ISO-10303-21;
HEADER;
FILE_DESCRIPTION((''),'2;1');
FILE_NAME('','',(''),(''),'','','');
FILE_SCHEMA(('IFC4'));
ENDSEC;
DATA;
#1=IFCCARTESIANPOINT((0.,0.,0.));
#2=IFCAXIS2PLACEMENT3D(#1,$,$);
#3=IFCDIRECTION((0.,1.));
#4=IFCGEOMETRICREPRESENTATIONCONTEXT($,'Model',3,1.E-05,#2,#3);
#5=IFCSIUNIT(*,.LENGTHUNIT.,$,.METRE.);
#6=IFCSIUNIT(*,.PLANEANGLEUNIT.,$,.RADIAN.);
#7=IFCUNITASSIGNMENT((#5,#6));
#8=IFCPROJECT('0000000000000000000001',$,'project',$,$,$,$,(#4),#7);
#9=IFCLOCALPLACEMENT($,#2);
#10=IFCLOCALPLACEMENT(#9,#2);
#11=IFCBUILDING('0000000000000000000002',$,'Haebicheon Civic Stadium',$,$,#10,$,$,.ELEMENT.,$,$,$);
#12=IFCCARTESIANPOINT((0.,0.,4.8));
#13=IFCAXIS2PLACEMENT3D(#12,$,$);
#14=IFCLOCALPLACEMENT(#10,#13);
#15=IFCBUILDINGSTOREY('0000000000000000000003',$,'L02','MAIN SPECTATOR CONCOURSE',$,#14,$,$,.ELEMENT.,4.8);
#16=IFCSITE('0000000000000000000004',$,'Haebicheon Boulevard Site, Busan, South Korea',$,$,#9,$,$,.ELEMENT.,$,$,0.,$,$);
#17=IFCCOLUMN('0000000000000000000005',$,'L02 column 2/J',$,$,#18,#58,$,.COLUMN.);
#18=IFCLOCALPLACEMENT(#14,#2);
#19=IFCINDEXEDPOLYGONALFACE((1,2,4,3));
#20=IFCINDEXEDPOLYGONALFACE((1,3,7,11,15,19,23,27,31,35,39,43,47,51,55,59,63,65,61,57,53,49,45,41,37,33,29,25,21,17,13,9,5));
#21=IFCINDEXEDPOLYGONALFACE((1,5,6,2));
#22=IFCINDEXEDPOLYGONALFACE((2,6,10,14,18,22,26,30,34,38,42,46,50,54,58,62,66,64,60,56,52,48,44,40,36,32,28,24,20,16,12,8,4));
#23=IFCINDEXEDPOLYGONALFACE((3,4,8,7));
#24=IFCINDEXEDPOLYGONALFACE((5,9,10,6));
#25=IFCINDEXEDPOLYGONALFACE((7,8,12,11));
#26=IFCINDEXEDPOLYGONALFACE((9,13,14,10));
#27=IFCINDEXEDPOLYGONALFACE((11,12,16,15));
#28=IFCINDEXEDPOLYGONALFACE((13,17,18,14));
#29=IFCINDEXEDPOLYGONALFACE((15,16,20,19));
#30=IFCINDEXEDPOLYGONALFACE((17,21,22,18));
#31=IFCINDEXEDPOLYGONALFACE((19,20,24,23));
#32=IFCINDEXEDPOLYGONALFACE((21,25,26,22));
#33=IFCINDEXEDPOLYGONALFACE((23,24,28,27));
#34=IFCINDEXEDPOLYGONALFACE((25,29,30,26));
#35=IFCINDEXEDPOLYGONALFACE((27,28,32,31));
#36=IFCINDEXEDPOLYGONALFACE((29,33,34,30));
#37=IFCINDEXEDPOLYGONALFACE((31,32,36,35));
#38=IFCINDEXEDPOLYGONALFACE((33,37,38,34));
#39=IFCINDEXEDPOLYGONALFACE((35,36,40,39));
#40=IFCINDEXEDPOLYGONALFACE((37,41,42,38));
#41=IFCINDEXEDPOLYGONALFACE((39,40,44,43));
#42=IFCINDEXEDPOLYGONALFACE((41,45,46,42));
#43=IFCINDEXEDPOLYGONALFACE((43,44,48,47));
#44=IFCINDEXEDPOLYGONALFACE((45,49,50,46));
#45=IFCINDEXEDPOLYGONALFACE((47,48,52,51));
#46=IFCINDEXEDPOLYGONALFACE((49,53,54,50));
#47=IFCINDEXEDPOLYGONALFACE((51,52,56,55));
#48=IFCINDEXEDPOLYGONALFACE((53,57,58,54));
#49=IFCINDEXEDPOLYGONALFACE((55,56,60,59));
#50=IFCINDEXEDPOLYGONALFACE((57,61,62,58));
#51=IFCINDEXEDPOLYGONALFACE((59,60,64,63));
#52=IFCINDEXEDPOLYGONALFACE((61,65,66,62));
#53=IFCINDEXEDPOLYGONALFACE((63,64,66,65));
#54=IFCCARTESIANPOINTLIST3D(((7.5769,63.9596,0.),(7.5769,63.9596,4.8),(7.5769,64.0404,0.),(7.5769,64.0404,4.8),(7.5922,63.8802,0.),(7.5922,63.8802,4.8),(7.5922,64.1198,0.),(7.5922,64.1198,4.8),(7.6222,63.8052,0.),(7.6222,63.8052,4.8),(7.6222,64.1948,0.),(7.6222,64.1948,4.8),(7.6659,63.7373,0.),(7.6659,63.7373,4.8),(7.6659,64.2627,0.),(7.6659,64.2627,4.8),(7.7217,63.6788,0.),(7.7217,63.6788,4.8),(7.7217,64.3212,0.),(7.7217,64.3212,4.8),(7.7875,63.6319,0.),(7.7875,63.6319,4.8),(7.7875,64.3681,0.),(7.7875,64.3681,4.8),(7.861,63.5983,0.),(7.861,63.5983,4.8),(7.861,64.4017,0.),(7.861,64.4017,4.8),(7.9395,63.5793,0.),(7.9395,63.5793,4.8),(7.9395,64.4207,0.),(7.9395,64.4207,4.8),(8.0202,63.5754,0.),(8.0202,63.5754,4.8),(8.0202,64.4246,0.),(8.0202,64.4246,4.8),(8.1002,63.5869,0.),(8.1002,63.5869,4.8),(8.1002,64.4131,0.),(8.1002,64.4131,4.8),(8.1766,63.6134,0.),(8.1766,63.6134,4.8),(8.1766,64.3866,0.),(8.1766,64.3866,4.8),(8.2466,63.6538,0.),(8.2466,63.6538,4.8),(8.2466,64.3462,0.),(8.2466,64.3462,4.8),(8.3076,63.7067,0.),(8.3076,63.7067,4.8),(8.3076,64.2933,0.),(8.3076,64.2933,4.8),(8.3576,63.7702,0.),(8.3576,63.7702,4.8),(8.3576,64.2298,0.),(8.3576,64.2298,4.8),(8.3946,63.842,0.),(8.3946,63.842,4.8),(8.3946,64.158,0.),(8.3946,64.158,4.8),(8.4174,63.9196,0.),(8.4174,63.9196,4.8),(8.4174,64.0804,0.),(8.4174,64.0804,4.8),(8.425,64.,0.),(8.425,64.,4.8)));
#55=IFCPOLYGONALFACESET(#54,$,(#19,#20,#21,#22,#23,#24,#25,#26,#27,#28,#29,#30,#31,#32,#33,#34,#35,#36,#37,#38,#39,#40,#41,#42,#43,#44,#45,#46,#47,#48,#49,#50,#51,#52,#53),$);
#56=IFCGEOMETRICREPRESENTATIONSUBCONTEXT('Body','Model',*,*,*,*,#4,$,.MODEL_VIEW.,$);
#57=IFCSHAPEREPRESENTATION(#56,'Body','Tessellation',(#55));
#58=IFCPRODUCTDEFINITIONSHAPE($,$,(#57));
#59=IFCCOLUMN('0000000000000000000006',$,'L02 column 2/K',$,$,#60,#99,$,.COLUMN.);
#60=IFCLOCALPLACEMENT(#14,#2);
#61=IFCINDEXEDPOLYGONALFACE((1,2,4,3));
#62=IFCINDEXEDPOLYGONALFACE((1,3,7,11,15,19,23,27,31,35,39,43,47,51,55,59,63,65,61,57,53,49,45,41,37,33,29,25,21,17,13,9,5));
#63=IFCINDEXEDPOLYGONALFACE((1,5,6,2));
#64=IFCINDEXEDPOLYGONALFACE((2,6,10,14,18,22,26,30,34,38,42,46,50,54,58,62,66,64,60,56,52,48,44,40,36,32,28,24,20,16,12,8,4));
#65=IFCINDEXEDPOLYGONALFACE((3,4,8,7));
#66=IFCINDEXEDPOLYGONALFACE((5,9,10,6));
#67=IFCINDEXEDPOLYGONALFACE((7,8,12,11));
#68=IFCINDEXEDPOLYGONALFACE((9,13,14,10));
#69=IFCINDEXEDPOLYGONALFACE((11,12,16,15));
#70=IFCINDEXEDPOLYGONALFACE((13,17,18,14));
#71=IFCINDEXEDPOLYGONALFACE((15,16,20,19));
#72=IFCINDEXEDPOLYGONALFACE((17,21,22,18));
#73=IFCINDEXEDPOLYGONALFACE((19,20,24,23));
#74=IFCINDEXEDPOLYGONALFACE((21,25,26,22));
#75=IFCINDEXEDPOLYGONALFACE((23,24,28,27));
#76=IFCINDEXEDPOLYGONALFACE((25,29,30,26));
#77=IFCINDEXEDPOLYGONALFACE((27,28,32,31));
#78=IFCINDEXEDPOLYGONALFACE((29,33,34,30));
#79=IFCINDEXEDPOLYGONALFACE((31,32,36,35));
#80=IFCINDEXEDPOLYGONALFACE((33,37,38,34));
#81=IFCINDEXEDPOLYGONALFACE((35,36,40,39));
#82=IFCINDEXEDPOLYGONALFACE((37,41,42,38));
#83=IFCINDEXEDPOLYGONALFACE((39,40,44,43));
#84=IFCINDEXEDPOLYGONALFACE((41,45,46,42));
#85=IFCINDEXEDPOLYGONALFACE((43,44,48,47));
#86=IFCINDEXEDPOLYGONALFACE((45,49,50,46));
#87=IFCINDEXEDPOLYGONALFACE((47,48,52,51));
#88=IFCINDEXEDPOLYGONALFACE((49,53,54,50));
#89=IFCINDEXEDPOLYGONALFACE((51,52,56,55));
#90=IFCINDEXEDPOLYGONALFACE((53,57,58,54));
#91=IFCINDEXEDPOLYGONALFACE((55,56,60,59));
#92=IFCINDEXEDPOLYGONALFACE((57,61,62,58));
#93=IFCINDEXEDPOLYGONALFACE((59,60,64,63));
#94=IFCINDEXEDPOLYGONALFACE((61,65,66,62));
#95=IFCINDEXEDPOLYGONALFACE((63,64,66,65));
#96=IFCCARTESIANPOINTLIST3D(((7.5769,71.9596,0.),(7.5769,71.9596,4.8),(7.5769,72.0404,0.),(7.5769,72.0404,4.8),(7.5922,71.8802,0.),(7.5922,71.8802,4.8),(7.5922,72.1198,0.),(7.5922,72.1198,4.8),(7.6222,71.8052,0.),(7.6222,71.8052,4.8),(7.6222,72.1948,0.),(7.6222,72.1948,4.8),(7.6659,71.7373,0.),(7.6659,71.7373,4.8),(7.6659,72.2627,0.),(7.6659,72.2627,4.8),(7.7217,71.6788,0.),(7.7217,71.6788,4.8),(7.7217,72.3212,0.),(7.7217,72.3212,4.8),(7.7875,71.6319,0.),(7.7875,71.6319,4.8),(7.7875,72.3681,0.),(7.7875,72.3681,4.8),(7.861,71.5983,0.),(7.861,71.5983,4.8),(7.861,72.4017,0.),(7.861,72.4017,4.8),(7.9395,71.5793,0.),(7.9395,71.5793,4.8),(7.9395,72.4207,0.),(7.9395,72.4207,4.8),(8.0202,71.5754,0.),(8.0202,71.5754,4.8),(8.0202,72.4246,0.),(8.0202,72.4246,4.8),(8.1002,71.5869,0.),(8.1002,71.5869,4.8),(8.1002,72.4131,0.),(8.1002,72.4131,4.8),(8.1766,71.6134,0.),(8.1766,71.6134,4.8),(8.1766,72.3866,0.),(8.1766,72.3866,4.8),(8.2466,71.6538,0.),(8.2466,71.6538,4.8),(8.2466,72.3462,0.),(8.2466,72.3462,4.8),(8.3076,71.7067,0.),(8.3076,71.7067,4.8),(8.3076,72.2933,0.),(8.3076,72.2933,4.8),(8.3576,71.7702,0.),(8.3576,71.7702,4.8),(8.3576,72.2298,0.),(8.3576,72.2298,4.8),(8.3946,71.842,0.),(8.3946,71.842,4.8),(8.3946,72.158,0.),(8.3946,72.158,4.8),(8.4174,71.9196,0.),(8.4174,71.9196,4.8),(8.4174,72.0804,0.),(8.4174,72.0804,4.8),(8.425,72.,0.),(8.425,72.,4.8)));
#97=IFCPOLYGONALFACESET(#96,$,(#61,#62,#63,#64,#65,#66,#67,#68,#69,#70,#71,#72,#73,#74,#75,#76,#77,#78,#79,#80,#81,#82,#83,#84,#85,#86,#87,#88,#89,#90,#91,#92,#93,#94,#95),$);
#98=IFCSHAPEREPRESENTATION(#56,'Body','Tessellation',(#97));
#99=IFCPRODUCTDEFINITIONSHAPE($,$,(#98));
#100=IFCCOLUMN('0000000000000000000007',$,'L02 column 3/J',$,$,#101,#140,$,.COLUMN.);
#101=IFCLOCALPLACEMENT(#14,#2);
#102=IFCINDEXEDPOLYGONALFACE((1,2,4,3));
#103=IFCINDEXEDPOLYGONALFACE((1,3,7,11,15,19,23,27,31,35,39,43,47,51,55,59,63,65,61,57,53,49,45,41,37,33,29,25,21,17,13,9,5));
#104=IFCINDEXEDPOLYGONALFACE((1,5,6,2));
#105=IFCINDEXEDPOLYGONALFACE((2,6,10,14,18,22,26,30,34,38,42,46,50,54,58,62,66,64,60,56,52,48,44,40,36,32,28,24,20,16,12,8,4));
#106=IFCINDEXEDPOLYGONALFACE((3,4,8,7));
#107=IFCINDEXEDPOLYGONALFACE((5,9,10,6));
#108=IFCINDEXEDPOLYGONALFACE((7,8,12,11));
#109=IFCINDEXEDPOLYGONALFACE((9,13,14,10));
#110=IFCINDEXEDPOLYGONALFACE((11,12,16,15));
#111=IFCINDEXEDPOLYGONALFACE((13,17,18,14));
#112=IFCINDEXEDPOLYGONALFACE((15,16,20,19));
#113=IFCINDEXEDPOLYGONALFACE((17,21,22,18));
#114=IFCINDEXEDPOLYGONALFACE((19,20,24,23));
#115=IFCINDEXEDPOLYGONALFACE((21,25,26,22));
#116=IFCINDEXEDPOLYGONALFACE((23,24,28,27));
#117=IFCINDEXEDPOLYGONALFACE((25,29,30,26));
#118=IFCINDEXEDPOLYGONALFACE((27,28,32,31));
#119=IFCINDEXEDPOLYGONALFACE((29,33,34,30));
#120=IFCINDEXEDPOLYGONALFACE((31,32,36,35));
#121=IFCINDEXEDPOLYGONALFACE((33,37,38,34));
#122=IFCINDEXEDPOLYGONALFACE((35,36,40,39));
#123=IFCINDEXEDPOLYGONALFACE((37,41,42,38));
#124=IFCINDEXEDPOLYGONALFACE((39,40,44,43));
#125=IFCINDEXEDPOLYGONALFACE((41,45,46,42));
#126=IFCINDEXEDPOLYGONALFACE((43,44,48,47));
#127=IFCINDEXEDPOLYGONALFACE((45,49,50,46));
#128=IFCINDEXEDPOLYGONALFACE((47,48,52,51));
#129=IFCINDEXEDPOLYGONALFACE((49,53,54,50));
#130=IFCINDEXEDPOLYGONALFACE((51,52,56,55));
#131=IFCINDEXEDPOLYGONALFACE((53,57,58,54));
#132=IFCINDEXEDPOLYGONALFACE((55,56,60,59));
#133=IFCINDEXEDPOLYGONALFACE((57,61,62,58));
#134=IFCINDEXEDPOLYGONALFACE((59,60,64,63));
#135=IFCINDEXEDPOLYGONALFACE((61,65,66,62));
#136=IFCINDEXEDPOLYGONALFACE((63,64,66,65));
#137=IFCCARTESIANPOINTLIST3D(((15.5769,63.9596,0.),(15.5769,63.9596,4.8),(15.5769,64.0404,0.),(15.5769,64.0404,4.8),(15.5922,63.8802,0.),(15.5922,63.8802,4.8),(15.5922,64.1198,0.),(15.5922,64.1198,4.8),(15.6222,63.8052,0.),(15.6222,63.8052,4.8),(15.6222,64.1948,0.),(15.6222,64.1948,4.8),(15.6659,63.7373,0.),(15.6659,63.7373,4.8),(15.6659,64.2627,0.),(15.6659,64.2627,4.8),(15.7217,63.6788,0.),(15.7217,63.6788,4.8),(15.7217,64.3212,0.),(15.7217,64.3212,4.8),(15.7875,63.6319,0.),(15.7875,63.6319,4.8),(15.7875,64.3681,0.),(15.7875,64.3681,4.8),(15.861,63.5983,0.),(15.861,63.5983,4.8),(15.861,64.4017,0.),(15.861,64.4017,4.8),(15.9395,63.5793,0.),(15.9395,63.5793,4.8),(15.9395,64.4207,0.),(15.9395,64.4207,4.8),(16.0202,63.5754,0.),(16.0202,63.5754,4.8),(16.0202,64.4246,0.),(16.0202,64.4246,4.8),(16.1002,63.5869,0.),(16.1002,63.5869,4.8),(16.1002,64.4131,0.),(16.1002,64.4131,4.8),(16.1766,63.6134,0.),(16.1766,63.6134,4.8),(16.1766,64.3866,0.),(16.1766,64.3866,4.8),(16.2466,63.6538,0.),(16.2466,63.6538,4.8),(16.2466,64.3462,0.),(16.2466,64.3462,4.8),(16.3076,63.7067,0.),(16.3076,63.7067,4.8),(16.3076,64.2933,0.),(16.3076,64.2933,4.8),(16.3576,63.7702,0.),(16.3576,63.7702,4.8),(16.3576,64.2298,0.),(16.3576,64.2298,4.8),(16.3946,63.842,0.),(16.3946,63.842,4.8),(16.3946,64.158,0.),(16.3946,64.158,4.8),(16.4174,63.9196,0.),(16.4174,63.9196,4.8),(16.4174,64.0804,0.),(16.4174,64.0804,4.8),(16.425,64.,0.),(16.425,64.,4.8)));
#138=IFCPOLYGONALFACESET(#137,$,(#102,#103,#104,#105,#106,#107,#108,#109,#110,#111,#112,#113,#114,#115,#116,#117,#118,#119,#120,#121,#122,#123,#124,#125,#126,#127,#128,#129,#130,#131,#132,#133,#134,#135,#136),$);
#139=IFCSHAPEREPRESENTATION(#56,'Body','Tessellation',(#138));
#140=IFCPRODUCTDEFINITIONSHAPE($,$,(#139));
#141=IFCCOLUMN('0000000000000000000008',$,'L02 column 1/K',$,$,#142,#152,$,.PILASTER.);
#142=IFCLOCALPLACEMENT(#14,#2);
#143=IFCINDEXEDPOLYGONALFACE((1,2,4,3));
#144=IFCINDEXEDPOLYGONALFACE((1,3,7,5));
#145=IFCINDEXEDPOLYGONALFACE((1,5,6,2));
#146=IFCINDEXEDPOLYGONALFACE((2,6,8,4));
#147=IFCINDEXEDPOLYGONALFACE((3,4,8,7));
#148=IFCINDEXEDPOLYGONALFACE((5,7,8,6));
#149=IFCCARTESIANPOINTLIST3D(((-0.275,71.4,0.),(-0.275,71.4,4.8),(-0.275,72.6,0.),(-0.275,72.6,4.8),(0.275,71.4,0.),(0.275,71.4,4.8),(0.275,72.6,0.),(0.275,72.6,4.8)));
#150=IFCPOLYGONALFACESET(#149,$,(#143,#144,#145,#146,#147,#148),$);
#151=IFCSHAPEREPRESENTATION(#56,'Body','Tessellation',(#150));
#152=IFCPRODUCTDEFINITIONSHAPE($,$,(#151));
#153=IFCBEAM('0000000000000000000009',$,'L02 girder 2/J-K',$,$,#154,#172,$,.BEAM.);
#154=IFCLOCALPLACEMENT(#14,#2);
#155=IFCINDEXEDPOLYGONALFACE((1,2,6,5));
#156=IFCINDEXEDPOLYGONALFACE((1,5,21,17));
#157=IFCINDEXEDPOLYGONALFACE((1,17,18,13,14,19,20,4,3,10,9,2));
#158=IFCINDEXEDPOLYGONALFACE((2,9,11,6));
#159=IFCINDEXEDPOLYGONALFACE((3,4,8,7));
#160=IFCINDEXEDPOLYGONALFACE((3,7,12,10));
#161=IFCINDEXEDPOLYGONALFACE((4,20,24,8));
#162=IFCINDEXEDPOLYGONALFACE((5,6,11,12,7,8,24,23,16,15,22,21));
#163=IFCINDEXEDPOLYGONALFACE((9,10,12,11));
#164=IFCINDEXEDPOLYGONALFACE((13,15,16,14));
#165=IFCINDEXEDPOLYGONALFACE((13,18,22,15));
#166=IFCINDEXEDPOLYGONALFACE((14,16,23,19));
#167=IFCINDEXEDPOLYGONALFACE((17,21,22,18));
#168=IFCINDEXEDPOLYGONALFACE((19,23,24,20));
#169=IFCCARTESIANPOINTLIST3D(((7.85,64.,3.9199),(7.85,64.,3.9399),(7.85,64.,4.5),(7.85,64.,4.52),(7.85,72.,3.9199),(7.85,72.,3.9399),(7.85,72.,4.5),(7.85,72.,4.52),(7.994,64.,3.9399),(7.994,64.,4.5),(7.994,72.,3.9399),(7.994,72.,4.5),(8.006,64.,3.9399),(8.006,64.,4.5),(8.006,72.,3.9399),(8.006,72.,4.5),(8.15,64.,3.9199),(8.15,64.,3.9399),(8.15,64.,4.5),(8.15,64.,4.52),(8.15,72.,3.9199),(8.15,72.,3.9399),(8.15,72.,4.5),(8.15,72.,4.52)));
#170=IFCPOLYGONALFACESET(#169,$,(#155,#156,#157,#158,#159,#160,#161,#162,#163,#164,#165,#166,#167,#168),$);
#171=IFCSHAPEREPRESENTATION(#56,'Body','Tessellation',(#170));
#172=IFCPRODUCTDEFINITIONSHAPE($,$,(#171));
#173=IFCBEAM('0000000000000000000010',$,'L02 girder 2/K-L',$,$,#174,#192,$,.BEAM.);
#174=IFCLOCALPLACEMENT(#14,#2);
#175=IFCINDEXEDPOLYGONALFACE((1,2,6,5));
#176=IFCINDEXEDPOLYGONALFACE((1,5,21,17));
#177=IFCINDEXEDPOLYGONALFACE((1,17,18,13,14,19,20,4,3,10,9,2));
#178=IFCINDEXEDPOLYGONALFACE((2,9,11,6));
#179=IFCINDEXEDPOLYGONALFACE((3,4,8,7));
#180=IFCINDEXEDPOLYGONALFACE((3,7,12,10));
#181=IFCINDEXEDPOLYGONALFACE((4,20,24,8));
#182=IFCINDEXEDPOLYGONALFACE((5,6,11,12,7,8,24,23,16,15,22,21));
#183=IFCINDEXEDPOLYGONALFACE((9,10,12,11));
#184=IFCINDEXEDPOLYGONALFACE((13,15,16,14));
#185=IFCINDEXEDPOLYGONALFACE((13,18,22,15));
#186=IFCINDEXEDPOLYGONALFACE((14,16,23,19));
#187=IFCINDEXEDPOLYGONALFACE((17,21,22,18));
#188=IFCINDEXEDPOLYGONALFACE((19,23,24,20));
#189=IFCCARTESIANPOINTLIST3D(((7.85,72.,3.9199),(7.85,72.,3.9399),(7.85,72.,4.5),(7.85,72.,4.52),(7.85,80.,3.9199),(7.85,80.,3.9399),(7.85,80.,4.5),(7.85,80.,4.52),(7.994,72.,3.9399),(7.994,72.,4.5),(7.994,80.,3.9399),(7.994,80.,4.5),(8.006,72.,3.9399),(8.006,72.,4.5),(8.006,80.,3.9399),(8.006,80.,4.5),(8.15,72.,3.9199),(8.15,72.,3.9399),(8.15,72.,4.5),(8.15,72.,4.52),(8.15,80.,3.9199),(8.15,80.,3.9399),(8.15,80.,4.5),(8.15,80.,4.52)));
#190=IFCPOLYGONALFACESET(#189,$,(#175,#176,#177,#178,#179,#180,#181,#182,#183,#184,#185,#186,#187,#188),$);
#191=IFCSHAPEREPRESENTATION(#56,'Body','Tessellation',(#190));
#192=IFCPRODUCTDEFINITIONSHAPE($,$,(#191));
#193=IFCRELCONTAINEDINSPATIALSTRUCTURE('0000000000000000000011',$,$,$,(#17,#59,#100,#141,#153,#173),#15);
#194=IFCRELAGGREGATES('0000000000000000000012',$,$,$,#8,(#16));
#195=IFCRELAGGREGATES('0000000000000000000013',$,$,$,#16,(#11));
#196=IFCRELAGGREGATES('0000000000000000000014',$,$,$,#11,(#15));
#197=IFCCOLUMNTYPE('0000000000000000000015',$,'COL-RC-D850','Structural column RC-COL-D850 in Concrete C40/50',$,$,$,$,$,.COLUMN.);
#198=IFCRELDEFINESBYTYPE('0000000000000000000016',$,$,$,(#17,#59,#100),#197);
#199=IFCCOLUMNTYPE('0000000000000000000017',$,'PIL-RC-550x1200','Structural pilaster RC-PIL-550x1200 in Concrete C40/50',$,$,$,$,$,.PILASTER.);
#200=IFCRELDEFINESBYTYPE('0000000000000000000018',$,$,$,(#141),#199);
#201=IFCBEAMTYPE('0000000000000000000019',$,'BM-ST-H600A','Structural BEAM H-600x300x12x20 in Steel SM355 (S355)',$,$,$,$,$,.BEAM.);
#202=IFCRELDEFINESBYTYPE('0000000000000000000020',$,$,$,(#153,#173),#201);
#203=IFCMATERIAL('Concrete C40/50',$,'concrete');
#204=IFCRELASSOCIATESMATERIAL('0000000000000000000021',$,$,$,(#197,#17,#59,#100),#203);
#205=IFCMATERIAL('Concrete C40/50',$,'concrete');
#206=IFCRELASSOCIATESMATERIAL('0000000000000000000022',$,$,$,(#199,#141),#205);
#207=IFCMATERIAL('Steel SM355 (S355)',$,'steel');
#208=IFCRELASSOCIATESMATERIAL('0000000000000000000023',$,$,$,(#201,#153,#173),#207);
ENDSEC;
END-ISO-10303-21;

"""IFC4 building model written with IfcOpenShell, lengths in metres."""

from ifc_helpers import new_model, si_unit, direction, frame, origin, origin_2d, place, context, subcontext, project, spatial, rectangle, circle, i_section, extrude, material, material_profile, profile_set, type_object, element, save


model = new_model("IFC4")

# Units and contexts
model_context = context("Model", 3, precision=1e-05, world=origin(), true_north=direction((0.0, 1.0)))
body_context = subcontext(model_context, "Body", "Model", "MODEL_VIEW")
ifc_project = project(units=[si_unit("LENGTHUNIT", "METRE"), si_unit("PLANEANGLEUNIT", "RADIAN")], contexts=[model_context])

# Site, building, storey
site_placement = place(None, origin())
site = spatial("IfcSite", under=ifc_project, at=site_placement, Name="Haebicheon Boulevard Site, Busan, South Korea", CompositionType="ELEMENT", RefElevation=0.0)
building_placement = place(site_placement, origin())
building = spatial("IfcBuilding", under=site, at=building_placement, Name="Haebicheon Civic Stadium", CompositionType="ELEMENT")
storey_placement = place(building_placement, frame((0.0, 0.0, 4.8)))
storey = spatial("IfcBuildingStorey", under=building, at=storey_placement, Name="L02", Description="MAIN SPECTATOR CONCOURSE", CompositionType="ELEMENT", Elevation=4.8)

# Columns
ifc_material_1 = material(Name="Concrete C40/50", Category="concrete")
ifc_material_profile_1 = material_profile(ifc_material_1, circle(Radius=0.425, at=origin_2d()), Name="RC-COL-D850")
ifc_profile_set_1 = profile_set([ifc_material_profile_1], Name="Concrete C40/50")
column_type_1 = type_object("IfcColumnType", Name="COL-RC-D850", Description="Structural column RC-COL-D850 in Concrete C40/50", PredefinedType="COLUMN", material=ifc_profile_set_1)
for number, where, z_axis, x_axis, name in (
    (1, (8.0, 64.0, 0.0), (0.0, 0.0, 1.0), (1.0, 0.0, 0.0), "L02 column 2/J"),
    (2, (8.0, 72.0, 0.0), (0.0, 0.0, 1.0), (1.0, 0.0, 0.0), "L02 column 2/K"),
    (3, (16.0, 64.0, 0.0), (0.0, 0.0, 1.0), (1.0, 0.0, 0.0), "L02 column 3/J"),
):
    element("IfcColumn", number, at=place(storey_placement, frame(where, z_axis=z_axis, x_axis=x_axis)), inside=storey, type_object=column_type_1, material=ifc_profile_set_1, Name=name, PredefinedType="COLUMN", context=body_context, shape_type="SweptSolid", body=[
        extrude(circle(Radius=0.425, at=origin_2d()), origin(), (0.0, 0.0, 1.0), 4.8),
    ])
ifc_material_2 = material(Name="Concrete C40/50", Category="concrete")
ifc_material_profile_2 = material_profile(ifc_material_2, rectangle(XDim=0.55, YDim=1.2, at=origin_2d()), Name="RC-PIL-550x1200")
ifc_profile_set_2 = profile_set([ifc_material_profile_2], Name="Concrete C40/50")
column_type_2 = type_object("IfcColumnType", Name="PIL-RC-550x1200", Description="Structural pilaster RC-PIL-550x1200 in Concrete C40/50", PredefinedType="PILASTER", material=ifc_profile_set_2)
column_placement = place(storey_placement, frame((0.0, 72.0, 0.0), z_axis=(0.0, 0.0, 1.0), x_axis=(1.0, 0.0, 0.0)))
element("IfcColumn", 4, at=column_placement, inside=storey, type_object=column_type_2, material=ifc_profile_set_2, Name="L02 column 1/K", PredefinedType="PILASTER", context=body_context, shape_type="SweptSolid", body=[
    extrude(rectangle(XDim=0.55, YDim=1.2, at=origin_2d()), origin(), (0.0, 0.0, 1.0), 4.8),
])

# Beams
ifc_material_3 = material(Name="Steel SM355 (S355)", Category="steel")
ifc_material_profile_3 = material_profile(ifc_material_3, i_section(OverallWidth=0.3, OverallDepth=0.6001, WebThickness=0.012, FlangeThickness=0.02, at=origin_2d()), Name="H-600x300x12x20")
ifc_profile_set_3 = profile_set([ifc_material_profile_3], Name="Steel SM355 (S355)")
beam_type_1 = type_object("IfcBeamType", Name="BM-ST-H600A", Description="Structural BEAM H-600x300x12x20 in Steel SM355 (S355)", PredefinedType="BEAM", material=ifc_profile_set_3)
for number, where, z_axis, x_axis, name in (
    (5, (8.0, 64.0, 4.22), (0.0, 1.0, 0.0), (-1.0, 0.0, 0.0), "L02 girder 2/J-K"),
    (6, (8.0, 72.0, 4.22), (0.0, 1.0, 0.0), (-1.0, 0.0, 0.0), "L02 girder 2/K-L"),
):
    element("IfcBeam", number, at=place(storey_placement, frame(where, z_axis=z_axis, x_axis=x_axis)), inside=storey, type_object=beam_type_1, material=ifc_profile_set_3, Name=name, PredefinedType="BEAM", context=body_context, shape_type="SweptSolid", body=[
        extrude(i_section(OverallWidth=0.3, OverallDepth=0.6001, WebThickness=0.012, FlangeThickness=0.02, at=origin_2d()), origin(), (0.0, 0.0, 1.0), 8.0),
    ])

save(model, "model.ifc")
